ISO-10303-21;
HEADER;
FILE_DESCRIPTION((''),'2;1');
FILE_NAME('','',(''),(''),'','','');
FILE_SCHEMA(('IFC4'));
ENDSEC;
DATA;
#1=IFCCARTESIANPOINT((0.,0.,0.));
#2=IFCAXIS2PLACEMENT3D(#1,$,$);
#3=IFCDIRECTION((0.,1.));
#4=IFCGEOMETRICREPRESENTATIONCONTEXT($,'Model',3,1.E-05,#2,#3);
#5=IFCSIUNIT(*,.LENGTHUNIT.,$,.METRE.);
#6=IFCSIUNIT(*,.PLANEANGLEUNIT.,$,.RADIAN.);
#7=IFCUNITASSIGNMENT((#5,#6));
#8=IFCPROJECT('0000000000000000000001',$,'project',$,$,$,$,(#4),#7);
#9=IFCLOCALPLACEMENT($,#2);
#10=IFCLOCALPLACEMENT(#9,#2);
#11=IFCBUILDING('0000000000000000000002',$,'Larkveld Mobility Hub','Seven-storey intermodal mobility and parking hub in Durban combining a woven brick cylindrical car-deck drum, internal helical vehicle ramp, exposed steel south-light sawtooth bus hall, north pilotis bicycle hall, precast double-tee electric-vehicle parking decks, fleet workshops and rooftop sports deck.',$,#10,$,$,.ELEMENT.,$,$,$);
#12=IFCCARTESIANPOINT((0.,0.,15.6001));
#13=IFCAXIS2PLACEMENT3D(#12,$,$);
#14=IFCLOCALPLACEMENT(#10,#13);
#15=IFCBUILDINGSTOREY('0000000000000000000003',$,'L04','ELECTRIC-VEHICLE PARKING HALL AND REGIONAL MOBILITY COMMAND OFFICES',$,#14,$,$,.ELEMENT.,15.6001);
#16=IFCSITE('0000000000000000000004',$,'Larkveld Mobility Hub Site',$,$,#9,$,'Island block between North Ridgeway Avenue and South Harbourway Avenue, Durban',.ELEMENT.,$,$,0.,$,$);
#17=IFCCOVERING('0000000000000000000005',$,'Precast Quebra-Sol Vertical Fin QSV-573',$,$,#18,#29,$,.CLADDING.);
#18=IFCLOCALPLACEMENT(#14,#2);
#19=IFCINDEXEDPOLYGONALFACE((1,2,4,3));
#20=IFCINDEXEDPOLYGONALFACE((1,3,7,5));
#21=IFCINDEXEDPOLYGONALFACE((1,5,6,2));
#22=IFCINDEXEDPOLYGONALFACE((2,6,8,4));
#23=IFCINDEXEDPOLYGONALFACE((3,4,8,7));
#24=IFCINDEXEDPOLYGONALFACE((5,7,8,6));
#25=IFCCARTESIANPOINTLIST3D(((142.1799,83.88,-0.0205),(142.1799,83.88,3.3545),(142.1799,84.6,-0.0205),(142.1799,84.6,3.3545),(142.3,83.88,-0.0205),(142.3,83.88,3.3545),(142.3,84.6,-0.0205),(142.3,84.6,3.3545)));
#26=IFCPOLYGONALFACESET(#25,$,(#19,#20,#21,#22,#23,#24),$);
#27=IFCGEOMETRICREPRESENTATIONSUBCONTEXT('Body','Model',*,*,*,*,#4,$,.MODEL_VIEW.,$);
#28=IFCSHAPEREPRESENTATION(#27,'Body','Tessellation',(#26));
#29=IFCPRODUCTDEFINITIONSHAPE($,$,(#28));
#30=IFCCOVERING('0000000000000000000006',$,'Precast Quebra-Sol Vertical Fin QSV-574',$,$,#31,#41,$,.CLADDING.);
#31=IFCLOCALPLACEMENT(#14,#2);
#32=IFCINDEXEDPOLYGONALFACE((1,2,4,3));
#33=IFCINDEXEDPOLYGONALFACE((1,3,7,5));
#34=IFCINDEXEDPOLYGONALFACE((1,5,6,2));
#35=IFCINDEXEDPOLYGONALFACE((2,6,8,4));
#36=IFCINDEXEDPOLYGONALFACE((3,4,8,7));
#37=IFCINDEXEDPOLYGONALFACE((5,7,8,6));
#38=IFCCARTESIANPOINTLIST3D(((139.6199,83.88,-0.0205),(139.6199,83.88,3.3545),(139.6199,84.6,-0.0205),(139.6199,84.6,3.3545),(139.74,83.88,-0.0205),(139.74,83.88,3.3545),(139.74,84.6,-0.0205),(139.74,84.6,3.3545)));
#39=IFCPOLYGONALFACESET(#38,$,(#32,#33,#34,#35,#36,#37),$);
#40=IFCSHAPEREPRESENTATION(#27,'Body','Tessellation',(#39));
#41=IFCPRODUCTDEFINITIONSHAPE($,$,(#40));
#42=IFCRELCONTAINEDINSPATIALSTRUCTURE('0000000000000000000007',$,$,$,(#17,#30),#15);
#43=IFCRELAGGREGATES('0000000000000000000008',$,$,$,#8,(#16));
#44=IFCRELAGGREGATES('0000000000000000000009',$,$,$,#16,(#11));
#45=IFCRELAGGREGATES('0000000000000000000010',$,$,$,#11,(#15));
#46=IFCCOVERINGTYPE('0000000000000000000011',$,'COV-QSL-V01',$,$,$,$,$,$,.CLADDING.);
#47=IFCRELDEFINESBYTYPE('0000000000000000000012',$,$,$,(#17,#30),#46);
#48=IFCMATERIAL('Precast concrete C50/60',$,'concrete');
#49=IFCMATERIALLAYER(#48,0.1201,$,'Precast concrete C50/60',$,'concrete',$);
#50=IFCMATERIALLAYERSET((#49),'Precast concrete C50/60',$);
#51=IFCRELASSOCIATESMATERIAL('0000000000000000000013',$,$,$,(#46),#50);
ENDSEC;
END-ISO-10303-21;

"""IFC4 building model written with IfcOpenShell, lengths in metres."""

from ifc_helpers import new_model, si_unit, direction, frame, origin, origin_2d, place, context, subcontext, project, spatial, rectangle, extrude, material, layer, layer_set, type_object, element, save


model = new_model("IFC4")

# Units and contexts
model_context = context("Model", 3, precision=1e-05, world=origin(), true_north=direction((0.0, 1.0)))
body_context = subcontext(model_context, "Body", "Model", "MODEL_VIEW")
ifc_project = project(units=[si_unit("LENGTHUNIT", "METRE"), si_unit("PLANEANGLEUNIT", "RADIAN")], contexts=[model_context])

# Site, building, storey
site_placement = place(None, origin())
site = spatial("IfcSite", under=ifc_project, at=site_placement, Name="Larkveld Mobility Hub Site", LongName="Island block between North Ridgeway Avenue and South Harbourway Avenue, Durban", CompositionType="ELEMENT", RefElevation=0.0)
building_placement = place(site_placement, origin())
building = spatial("IfcBuilding", under=site, at=building_placement, Name="Larkveld Mobility Hub", Description="Seven-storey intermodal mobility and parking hub in Durban combining a woven brick cylindrical car-deck drum, internal helical vehicle ramp, exposed steel south-light sawtooth bus hall, north pilotis bicycle hall, precast double-tee electric-vehicle parking decks, fleet workshops and rooftop sports deck.", CompositionType="ELEMENT")
storey_placement = place(building_placement, frame((0.0, 0.0, 15.6001)))
storey = spatial("IfcBuildingStorey", under=building, at=storey_placement, Name="L04", Description="ELECTRIC-VEHICLE PARKING HALL AND REGIONAL MOBILITY COMMAND OFFICES", CompositionType="ELEMENT", Elevation=15.6001)

# Shared definitions
ifc_material_1 = material(Name="Precast concrete C50/60", Category="concrete")

# Coverings
ifc_layer_1 = layer(ifc_material_1, 0.1201, Name="Precast concrete C50/60", Category="concrete")
ifc_layer_set_1 = layer_set([ifc_layer_1], Name="Precast concrete C50/60")
covering_type = type_object("IfcCoveringType", Name="COV-QSL-V01", PredefinedType="CLADDING", material=ifc_layer_set_1)
for number, where, z_axis, x_axis, name in (
    (1, (142.24, 84.24, -0.0205), (0.0, 0.0, 1.0), (-1.0, 0.0, 0.0), "Precast Quebra-Sol Vertical Fin QSV-573"),
    (2, (139.6799, 84.24, -0.0205), (0.0, 0.0, 1.0), (-1.0, 0.0, 0.0), "Precast Quebra-Sol Vertical Fin QSV-574"),
):
    element("IfcCovering", number, at=place(storey_placement, frame(where, z_axis=z_axis, x_axis=x_axis)), inside=storey, type_object=covering_type, Name=name, PredefinedType="CLADDING", context=body_context, shape_type="SweptSolid", body=[
        extrude(rectangle(XDim=0.1201, YDim=0.72, at=origin_2d()), origin(), (0.0, 0.0, 1.0), 3.375),
    ])

save(model, "model.ifc")
